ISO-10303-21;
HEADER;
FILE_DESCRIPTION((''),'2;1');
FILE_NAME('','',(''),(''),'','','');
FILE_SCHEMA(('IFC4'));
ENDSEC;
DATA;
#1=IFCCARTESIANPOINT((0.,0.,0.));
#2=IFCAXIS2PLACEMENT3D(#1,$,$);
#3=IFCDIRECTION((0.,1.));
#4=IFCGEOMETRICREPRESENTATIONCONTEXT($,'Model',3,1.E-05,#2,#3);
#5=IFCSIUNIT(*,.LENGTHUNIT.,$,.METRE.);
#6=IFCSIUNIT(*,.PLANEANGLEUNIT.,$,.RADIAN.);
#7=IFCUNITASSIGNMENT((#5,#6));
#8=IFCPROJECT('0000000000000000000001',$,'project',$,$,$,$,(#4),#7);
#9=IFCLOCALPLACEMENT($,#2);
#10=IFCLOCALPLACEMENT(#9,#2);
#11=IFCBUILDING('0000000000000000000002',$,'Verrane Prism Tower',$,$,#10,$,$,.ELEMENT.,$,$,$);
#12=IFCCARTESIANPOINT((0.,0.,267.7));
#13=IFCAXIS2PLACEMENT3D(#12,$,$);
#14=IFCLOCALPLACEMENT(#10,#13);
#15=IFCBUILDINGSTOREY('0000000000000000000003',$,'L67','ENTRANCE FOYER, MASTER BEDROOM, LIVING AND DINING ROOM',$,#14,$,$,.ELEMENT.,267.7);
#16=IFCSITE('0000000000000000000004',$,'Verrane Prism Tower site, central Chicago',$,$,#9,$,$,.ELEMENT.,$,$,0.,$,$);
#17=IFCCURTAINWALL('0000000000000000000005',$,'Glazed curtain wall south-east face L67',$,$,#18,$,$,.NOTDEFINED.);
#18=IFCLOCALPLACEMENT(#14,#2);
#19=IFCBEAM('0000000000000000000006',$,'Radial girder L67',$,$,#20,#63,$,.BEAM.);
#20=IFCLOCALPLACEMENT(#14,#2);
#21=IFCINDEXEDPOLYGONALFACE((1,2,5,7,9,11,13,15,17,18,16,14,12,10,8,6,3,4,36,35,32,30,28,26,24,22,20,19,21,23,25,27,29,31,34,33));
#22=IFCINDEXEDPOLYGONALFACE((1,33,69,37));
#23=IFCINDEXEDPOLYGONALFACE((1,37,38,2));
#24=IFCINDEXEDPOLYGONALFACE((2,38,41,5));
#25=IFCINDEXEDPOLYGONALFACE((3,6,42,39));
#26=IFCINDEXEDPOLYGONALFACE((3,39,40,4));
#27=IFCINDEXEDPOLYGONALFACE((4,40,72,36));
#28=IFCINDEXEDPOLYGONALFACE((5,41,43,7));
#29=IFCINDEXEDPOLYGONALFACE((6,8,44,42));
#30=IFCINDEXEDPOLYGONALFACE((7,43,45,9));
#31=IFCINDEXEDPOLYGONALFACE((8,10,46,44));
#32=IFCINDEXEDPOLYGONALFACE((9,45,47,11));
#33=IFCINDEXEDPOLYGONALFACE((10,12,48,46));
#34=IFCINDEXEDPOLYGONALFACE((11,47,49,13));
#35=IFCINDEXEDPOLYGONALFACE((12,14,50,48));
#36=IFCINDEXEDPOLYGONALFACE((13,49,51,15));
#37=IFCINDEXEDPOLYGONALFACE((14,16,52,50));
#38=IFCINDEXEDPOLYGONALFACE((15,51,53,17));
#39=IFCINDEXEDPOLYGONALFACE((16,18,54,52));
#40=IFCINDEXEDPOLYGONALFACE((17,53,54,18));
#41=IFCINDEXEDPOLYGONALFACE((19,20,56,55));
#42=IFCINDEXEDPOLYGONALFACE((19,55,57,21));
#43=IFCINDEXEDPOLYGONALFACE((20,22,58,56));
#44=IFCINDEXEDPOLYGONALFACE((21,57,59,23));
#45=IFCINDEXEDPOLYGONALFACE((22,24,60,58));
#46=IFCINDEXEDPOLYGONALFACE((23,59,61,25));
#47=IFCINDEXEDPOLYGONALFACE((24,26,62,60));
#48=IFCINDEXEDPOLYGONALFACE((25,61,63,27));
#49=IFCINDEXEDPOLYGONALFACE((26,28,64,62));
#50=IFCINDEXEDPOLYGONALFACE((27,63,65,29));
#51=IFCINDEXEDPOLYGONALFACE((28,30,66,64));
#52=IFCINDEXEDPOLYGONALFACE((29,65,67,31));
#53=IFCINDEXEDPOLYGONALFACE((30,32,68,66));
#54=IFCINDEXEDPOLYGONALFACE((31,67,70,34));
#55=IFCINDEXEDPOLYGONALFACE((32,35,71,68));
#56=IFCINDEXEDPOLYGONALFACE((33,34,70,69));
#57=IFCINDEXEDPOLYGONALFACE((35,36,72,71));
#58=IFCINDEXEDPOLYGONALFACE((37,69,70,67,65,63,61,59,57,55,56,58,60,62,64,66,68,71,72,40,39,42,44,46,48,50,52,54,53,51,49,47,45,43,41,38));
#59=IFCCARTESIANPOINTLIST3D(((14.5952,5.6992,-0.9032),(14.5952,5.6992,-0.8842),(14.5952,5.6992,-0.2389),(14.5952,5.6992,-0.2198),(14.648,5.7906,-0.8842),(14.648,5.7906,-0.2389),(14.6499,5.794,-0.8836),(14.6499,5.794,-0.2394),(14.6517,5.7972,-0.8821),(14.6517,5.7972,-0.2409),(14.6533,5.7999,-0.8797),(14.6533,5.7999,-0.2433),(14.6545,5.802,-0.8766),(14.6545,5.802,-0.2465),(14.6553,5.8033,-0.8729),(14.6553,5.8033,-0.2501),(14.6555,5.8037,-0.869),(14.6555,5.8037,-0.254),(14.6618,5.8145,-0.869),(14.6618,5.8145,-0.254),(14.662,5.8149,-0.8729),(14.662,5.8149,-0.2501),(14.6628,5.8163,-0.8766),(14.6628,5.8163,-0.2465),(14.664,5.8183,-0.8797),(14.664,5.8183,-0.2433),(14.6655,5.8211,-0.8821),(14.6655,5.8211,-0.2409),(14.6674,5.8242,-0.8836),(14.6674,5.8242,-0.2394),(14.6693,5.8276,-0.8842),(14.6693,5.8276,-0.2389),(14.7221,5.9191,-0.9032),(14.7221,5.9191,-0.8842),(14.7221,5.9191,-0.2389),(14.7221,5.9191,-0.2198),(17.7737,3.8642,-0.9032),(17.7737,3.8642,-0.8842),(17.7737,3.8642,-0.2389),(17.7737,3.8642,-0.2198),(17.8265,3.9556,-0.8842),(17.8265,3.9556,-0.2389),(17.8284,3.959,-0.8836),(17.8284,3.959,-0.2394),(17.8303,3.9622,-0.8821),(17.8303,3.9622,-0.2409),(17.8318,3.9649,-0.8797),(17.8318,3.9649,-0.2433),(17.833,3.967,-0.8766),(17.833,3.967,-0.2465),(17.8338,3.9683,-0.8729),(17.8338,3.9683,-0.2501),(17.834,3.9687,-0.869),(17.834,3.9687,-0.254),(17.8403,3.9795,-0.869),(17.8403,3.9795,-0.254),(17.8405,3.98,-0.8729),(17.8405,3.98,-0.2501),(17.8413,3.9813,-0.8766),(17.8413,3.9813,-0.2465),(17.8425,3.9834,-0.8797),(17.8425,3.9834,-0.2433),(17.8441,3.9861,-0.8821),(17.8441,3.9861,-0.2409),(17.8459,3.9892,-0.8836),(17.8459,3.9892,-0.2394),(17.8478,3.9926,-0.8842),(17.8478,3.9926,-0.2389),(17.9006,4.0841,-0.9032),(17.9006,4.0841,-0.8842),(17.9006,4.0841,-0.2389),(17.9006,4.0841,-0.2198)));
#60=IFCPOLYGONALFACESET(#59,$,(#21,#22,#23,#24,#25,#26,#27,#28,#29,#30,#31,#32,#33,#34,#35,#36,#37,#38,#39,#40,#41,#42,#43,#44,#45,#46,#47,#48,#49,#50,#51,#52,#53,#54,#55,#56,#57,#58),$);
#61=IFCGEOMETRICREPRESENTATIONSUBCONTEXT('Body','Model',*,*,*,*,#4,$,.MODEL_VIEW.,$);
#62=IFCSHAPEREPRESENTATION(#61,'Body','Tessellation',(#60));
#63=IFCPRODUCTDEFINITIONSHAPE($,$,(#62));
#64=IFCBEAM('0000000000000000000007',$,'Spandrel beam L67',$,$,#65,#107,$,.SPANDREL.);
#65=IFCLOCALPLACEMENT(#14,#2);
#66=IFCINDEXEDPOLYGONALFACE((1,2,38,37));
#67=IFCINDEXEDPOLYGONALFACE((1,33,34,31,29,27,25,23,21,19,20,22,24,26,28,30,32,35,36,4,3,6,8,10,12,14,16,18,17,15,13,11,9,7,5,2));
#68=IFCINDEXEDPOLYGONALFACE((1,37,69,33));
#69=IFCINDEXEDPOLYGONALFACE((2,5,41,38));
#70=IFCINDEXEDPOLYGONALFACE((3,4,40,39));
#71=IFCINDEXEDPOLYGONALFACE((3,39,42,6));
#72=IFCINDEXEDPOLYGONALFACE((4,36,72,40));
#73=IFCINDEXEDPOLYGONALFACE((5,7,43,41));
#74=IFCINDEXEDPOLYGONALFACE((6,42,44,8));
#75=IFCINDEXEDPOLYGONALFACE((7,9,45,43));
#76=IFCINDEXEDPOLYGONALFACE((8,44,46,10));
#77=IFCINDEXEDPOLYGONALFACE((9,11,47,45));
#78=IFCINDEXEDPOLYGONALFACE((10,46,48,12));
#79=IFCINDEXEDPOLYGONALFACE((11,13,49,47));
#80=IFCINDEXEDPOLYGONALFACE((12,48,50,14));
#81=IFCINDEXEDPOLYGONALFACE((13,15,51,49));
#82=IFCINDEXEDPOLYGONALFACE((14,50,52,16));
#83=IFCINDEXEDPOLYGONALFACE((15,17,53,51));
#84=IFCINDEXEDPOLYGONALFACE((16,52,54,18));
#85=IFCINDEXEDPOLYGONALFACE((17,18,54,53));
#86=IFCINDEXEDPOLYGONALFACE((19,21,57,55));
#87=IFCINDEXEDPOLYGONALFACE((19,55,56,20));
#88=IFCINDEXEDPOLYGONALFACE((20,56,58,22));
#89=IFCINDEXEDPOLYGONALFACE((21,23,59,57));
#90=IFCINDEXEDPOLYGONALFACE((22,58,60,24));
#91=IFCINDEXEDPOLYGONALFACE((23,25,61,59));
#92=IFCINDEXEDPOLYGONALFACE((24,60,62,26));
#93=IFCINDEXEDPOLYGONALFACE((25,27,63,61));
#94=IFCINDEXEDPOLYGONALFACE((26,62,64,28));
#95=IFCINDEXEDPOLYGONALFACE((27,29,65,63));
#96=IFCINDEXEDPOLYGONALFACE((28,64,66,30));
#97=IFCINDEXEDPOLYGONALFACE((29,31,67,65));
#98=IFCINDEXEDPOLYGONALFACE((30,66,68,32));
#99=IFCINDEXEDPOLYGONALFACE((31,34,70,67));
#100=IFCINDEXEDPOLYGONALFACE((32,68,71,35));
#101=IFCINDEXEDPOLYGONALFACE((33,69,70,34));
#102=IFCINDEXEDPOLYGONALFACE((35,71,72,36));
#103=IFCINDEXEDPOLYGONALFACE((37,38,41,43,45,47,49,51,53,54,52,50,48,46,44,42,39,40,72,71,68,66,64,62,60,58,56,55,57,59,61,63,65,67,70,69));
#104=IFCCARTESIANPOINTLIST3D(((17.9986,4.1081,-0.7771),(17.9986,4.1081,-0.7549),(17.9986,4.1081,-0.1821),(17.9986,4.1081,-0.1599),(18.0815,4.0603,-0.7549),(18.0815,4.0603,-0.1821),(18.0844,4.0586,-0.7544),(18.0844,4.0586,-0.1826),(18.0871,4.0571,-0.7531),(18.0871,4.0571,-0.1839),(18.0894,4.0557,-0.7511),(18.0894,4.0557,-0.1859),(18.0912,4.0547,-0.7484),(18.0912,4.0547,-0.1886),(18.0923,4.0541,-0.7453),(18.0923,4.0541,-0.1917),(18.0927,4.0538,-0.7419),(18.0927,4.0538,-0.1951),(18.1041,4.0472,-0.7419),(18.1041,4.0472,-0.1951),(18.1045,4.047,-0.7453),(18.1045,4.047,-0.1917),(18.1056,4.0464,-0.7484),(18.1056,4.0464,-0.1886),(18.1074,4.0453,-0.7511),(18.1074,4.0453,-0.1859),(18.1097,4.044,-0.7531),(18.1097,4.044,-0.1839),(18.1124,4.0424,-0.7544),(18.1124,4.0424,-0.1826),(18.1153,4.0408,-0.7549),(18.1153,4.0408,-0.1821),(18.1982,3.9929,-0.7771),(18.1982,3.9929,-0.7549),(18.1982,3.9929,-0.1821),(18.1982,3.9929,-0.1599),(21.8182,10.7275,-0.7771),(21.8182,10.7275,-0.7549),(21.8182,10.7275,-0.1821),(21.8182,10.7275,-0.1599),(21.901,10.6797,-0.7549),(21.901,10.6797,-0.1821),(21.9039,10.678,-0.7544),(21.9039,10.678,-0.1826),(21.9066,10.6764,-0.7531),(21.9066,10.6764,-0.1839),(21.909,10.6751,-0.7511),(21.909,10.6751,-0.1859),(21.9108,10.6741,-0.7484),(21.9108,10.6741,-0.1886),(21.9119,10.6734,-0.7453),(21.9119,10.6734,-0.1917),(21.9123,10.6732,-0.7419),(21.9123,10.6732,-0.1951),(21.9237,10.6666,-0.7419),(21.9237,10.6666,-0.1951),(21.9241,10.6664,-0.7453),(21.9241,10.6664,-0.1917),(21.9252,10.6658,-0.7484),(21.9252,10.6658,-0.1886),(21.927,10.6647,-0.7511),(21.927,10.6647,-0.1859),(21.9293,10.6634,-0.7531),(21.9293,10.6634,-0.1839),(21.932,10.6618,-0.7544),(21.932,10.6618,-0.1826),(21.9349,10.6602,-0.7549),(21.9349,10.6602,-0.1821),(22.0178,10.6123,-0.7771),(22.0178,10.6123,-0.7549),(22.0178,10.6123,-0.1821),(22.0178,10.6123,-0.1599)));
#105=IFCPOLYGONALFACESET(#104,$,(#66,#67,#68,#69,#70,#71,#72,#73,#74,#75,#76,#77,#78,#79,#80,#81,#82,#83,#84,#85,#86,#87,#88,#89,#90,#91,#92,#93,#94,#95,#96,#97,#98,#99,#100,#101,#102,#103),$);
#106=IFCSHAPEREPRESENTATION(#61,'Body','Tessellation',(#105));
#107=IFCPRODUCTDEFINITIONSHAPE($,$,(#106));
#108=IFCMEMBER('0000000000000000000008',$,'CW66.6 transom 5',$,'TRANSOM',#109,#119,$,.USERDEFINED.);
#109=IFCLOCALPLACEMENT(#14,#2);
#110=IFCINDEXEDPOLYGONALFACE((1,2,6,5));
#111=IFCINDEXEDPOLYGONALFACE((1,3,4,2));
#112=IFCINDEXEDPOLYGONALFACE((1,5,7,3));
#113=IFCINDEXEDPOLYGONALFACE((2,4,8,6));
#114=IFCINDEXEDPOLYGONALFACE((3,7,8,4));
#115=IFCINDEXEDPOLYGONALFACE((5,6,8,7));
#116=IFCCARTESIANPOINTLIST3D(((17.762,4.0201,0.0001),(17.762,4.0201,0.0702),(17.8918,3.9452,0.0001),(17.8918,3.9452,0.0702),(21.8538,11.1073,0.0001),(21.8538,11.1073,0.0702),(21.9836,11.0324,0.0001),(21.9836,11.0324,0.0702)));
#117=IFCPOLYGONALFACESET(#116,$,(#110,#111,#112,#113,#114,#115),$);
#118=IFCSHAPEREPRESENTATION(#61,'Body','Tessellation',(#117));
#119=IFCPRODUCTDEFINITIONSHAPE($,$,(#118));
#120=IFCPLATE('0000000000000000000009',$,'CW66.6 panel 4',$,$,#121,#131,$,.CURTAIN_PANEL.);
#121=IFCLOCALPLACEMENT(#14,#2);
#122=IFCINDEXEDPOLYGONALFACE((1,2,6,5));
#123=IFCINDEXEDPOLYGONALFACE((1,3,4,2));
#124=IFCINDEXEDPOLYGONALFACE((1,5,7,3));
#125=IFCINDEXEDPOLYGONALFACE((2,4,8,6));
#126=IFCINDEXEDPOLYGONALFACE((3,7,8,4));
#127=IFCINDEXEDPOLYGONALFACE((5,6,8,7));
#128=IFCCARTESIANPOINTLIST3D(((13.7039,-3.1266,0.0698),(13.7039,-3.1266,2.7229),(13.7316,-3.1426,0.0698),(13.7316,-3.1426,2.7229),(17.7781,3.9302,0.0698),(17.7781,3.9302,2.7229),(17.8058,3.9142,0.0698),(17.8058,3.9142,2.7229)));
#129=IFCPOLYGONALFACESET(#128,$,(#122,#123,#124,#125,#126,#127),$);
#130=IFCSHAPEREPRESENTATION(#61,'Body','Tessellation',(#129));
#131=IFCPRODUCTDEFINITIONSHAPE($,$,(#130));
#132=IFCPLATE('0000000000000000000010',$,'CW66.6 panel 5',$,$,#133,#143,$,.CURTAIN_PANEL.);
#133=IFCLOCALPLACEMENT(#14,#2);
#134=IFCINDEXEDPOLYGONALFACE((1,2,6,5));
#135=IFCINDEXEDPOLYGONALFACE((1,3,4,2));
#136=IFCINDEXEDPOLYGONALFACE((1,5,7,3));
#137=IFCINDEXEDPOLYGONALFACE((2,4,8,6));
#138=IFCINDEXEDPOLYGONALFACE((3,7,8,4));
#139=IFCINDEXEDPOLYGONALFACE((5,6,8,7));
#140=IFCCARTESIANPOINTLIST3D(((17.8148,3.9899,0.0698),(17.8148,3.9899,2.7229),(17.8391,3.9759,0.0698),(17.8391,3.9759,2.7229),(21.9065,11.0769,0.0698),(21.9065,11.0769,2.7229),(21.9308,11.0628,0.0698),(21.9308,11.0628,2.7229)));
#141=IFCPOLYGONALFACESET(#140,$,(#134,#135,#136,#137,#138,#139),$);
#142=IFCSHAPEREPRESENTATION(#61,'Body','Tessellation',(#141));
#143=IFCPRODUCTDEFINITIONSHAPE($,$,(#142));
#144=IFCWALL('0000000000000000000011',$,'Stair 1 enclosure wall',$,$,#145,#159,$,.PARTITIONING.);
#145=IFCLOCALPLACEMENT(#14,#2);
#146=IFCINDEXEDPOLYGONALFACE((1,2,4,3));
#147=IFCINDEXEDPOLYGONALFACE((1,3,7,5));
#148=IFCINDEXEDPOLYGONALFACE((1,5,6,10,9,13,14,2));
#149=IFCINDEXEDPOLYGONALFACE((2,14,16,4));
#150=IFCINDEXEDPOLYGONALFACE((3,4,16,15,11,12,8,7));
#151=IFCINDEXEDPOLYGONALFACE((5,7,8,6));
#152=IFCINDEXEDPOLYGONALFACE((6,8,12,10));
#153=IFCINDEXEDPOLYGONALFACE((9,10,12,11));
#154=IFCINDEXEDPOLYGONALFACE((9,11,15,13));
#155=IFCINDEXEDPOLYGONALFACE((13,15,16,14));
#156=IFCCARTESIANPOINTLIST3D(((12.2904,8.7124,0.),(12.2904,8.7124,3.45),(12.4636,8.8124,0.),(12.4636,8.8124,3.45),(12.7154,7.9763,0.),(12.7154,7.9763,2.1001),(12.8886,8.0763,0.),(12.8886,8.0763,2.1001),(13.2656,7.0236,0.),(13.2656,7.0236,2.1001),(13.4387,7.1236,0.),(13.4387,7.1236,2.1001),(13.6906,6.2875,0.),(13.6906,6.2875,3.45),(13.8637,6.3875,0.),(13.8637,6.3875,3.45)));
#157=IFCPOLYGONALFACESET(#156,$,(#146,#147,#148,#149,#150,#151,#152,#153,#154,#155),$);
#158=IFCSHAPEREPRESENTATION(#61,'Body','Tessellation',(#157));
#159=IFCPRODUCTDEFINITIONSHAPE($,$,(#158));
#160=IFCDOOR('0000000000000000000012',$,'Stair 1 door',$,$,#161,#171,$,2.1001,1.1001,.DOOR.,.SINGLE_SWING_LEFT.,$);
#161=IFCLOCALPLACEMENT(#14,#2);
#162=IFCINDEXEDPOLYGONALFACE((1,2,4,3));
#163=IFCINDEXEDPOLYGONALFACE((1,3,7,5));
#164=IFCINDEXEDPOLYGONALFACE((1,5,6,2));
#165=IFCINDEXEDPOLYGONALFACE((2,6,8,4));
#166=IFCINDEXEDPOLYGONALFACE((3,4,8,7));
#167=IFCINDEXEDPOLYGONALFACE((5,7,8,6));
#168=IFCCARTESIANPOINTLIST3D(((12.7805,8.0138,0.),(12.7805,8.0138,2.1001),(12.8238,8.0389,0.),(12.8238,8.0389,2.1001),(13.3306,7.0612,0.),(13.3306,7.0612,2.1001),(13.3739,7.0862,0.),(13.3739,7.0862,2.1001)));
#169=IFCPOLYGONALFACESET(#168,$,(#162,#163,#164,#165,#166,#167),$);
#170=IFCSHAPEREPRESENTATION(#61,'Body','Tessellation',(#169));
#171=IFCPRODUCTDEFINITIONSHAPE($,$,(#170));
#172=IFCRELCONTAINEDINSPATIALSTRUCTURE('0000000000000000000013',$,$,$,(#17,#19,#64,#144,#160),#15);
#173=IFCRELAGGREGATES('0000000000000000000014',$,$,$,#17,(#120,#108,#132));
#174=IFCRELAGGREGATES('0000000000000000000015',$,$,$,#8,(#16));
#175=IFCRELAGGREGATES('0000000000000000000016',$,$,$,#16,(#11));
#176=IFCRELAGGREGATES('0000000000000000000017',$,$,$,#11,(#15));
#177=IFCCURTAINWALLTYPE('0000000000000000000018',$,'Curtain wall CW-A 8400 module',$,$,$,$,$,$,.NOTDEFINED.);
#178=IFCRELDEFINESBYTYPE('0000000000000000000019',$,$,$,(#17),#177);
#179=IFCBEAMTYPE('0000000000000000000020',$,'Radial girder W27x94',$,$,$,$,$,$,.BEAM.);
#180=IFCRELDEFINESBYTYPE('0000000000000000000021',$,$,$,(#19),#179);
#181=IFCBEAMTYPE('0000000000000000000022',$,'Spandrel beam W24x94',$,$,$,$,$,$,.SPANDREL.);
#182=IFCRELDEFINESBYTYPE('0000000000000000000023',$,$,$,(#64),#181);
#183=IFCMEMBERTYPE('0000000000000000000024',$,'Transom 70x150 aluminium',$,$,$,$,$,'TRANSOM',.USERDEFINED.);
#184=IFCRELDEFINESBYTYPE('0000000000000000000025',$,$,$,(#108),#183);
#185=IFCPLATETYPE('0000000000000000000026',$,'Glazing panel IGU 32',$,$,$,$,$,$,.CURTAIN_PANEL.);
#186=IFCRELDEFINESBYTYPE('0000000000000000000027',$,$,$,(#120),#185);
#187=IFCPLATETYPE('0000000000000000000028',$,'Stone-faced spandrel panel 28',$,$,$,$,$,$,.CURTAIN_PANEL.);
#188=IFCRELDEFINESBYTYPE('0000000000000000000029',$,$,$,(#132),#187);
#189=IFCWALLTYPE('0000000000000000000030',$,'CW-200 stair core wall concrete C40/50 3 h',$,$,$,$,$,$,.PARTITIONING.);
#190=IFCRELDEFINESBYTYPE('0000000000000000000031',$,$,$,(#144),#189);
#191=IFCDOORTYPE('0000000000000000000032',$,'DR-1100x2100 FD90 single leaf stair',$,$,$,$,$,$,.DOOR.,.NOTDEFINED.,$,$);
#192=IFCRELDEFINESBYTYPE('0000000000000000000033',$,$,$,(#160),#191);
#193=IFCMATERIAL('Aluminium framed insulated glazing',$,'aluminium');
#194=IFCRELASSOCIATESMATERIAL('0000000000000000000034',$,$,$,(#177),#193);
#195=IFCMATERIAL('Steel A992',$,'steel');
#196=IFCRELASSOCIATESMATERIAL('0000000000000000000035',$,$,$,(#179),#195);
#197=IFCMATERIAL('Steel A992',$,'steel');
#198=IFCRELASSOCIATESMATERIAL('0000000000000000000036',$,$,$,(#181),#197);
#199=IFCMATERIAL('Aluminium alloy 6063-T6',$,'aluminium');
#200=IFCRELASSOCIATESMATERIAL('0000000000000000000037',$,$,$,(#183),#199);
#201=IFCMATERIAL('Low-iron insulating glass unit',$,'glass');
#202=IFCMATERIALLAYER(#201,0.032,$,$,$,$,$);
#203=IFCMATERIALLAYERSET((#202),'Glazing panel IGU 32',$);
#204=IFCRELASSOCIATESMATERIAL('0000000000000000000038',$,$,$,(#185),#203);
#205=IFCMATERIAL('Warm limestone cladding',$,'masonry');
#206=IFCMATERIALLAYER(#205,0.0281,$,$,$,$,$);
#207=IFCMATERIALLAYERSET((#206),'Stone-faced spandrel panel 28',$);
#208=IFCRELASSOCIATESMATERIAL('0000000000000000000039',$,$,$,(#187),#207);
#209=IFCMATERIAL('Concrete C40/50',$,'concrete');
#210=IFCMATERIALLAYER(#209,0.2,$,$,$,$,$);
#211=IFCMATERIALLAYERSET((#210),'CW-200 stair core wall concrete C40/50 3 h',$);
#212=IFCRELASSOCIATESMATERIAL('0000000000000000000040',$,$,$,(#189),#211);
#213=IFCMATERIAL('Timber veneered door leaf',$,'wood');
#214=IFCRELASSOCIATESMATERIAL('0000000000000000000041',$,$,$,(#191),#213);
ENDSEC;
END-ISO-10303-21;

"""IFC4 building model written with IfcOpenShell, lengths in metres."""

from ifc_helpers import new_model, si_unit, direction, frame, frame_2d, origin, origin_2d, place, context, subcontext, project, spatial, rectangle, i_section, extrude, material, layer, layer_set, material_profile, profile_set, type_object, element, fill, aggregate, save


model = new_model("IFC4")

# Units and contexts
model_context = context("Model", 3, precision=1e-05, world=origin(), true_north=direction((0.0, 1.0)))
body_context = subcontext(model_context, "Body", "Model", "MODEL_VIEW")
ifc_project = project(units=[si_unit("LENGTHUNIT", "METRE"), si_unit("PLANEANGLEUNIT", "RADIAN")], contexts=[model_context])

# Site, building, storey
site_placement = place(None, origin())
site = spatial("IfcSite", under=ifc_project, at=site_placement, Name="Verrane Prism Tower site, central Chicago", CompositionType="ELEMENT", RefElevation=0.0)
building_placement = place(site_placement, origin())
building = spatial("IfcBuilding", under=site, at=building_placement, Name="Verrane Prism Tower", CompositionType="ELEMENT")
storey_placement = place(building_placement, frame((0.0, 0.0, 267.7)))
storey = spatial("IfcBuildingStorey", under=building, at=storey_placement, Name="L67", Description="ENTRANCE FOYER, MASTER BEDROOM, LIVING AND DINING ROOM", CompositionType="ELEMENT", Elevation=267.7)

# Curtain wall
ifc_material_1 = material(Name="Aluminium framed insulated glazing", Category="aluminium")
curtain_wall_type = type_object("IfcCurtainWallType", Name="Curtain wall CW-A 8400 module", PredefinedType="NOTDEFINED", material=ifc_material_1)
curtain_wall_placement = place(storey_placement, origin())
curtain_wall = element("IfcCurtainWall", 1, at=curtain_wall_placement, inside=storey, type_object=curtain_wall_type, Name="Glazed curtain wall south-east face L67", PredefinedType="NOTDEFINED")

# Beams
ifc_material_2 = material(Name="Steel A992", Category="steel")
ifc_material_profile_1 = material_profile(ifc_material_2, i_section(OverallWidth=0.2539, OverallDepth=0.6833, WebThickness=0.0125, FlangeThickness=0.019, FilletRadius=0.0151, at=origin_2d()), Name="W27x94")
ifc_profile_set_1 = profile_set([ifc_material_profile_1], Name="Steel A992")
beam_type_1 = type_object("IfcBeamType", Name="Radial girder W27x94", PredefinedType="BEAM", material=ifc_profile_set_1)
beam_1_placement = place(storey_placement, frame((17.8372, 3.9741, -0.5615), z_axis=(-0.86604, 0.499974, 0.0), x_axis=(-0.499974, -0.86604, 0.0)))
element("IfcBeam", 2, at=beam_1_placement, inside=storey, type_object=beam_type_1, Name="Radial girder L67", PredefinedType="BEAM", context=body_context, shape_type="SweptSolid", body=[
    extrude(i_section(OverallWidth=0.2539, OverallDepth=0.6833, WebThickness=0.0125, FlangeThickness=0.019, FilletRadius=0.0151, at=origin_2d()), origin(), (0.0, 0.0, 1.0), 3.6702),
])
ifc_material_3 = material(Name="Steel A992", Category="steel")
ifc_material_profile_2 = material_profile(ifc_material_3, i_section(OverallWidth=0.2305, OverallDepth=0.6172, WebThickness=0.0132, FlangeThickness=0.0222, FilletRadius=0.0129, at=origin_2d()), Name="W24x94")
ifc_profile_set_2 = profile_set([ifc_material_profile_2], Name="Steel A992")
beam_type_2 = type_object("IfcBeamType", Name="Spandrel beam W24x94", PredefinedType="SPANDREL", material=ifc_profile_set_2)
beam_2_placement = place(storey_placement, frame((18.0984, 4.0505, -0.4685), z_axis=(0.499792, 0.866146, 0.0), x_axis=(-0.866146, 0.499792, 0.0)))
element("IfcBeam", 3, at=beam_2_placement, inside=storey, type_object=beam_type_2, Name="Spandrel beam L67", PredefinedType="SPANDREL", context=body_context, shape_type="SweptSolid", body=[
    extrude(i_section(OverallWidth=0.2305, OverallDepth=0.6172, WebThickness=0.0132, FlangeThickness=0.0222, FilletRadius=0.0129, at=origin_2d()), origin(), (0.0, 0.0, 1.0), 7.6423),
])

# Member
ifc_material_4 = material(Name="Aluminium alloy 6063-T6", Category="aluminium")
ifc_material_profile_3 = material_profile(ifc_material_4, rectangle(XDim=0.1499, YDim=0.0701, at=origin_2d()), Name="Transom 70x150 aluminium")
ifc_profile_set_3 = profile_set([ifc_material_profile_3], Name="Aluminium alloy 6063-T6")
member_type_1 = type_object("IfcMemberType", Name="Transom 70x150 aluminium", ElementType="TRANSOM", PredefinedType="USERDEFINED", material=ifc_profile_set_3)
member_1_placement = place(storey_placement, frame((17.8269, 3.9827, 0.0352), z_axis=(0.500002, 0.866024, 0.0), x_axis=(-0.866024, 0.500002, 0.0)))
member_1 = element("IfcMember", 4, at=member_1_placement, type_object=member_type_1, Name="CW66.6 transom 5", ObjectType="TRANSOM", PredefinedType="USERDEFINED", context=body_context, shape_type="SweptSolid", body=[
    extrude(rectangle(XDim=0.1499, YDim=0.0701, at=origin_2d()), origin(), (0.0, 0.0, 1.0), 8.1836),
])

# Plates
ifc_material_5 = material(Name="Low-iron insulating glass unit", Category="glass")
ifc_layer_1 = layer(ifc_material_5, 0.032)
ifc_layer_set_1 = layer_set([ifc_layer_1], Name="Glazing panel IGU 32")
plate_type_1 = type_object("IfcPlateType", Name="Glazing panel IGU 32", PredefinedType="CURTAIN_PANEL", material=ifc_layer_set_1)
plate_1_placement = place(storey_placement, frame((15.7549, 0.3938, 0.0698), z_axis=(0.0, 0.0, 1.0), x_axis=(0.500001, 0.866025, 0.0)))
plate_1 = element("IfcPlate", 5, at=plate_1_placement, type_object=plate_type_1, Name="CW66.6 panel 4", PredefinedType="CURTAIN_PANEL", context=body_context, shape_type="SweptSolid", body=[
    extrude(rectangle(XDim=8.1484, YDim=0.032, at=origin_2d()), origin(), (0.0, 0.0, 1.0), 2.6531),
])
ifc_material_6 = material(Name="Warm limestone cladding", Category="masonry")
ifc_layer_2 = layer(ifc_material_6, 0.0281)
ifc_layer_set_2 = layer_set([ifc_layer_2], Name="Stone-faced spandrel panel 28")
plate_type_2 = type_object("IfcPlateType", Name="Stone-faced spandrel panel 28", PredefinedType="CURTAIN_PANEL", material=ifc_layer_set_2)
plate_2_placement = place(storey_placement, frame((19.8728, 7.5264, 0.0698), z_axis=(0.0, 0.0, 1.0), x_axis=(0.500001, 0.866025, 0.0)))
plate_2 = element("IfcPlate", 6, at=plate_2_placement, type_object=plate_type_2, Name="CW66.6 panel 5", PredefinedType="CURTAIN_PANEL", context=body_context, shape_type="SweptSolid", body=[
    extrude(rectangle(XDim=8.1833, YDim=0.0281, at=origin_2d()), origin(), (0.0, 0.0, 1.0), 2.6531),
])
aggregate(curtain_wall, [plate_1, member_1, plate_2])

# Wall, opening, door
ifc_material_7 = material(Name="Concrete C40/50", Category="concrete")
ifc_layer_3 = layer(ifc_material_7, 0.2)
ifc_layer_set_3 = layer_set([ifc_layer_3], Name="CW-200 stair core wall concrete C40/50 3 h")
wall_type_1 = type_object("IfcWallType", Name="CW-200 stair core wall concrete C40/50 3 h", PredefinedType="PARTITIONING", material=ifc_layer_set_3)
wall_1_placement = place(storey_placement, frame((13.7771, 6.3376, 0.0), z_axis=(0.0, 0.0, 1.0), x_axis=(-0.50005, 0.865997, 0.0)))
wall_1 = element("IfcWall", 7, at=wall_1_placement, inside=storey, type_object=wall_type_1, Name="Stair 1 enclosure wall", PredefinedType="PARTITIONING", context=body_context, shape_type="SweptSolid", body=[
    extrude(rectangle(XDim=2.8, YDim=0.2, at=frame_2d((1.3999, 0.0))), origin(), (0.0, 0.0, 1.0), 3.45),
])
opening_1_placement = place(wall_1_placement, frame((0.8499, 0.0, 0.0)))
opening_1 = element("IfcOpeningElement", 8, at=opening_1_placement, cuts=wall_1, PredefinedType="OPENING", context=body_context, shape_type="SweptSolid", body=[
    extrude(rectangle(XDim=1.1001, YDim=2.1001, at=frame_2d((0.55, 1.05))), frame((0.0, 0.1099, 0.0), z_axis=(0.0, -1.0, 0.0), x_axis=(1.0, 0.0, 0.0)), (0.0, 0.0, 1.0), 0.22),
])
ifc_material_8 = material(Name="Timber veneered door leaf", Category="wood")
door_type_1 = type_object("IfcDoorType", Name="DR-1100x2100 FD90 single leaf stair", OperationType="NOTDEFINED", PredefinedType="DOOR", material=ifc_material_8)
door_1_placement = place(opening_1_placement, origin())
door_1 = element("IfcDoor", 9, at=door_1_placement, inside=storey, type_object=door_type_1, Name="Stair 1 door", OperationType="SINGLE_SWING_LEFT", OverallHeight=2.1001, OverallWidth=1.1001, PredefinedType="DOOR", context=body_context, shape_type="SweptSolid", body=[
    extrude(rectangle(XDim=1.1001, YDim=2.1001, at=frame_2d((0.55, 1.05))), frame((0.0, 0.0249, 0.0), z_axis=(0.0, -1.0, 0.0), x_axis=(1.0, 0.0, 0.0)), (0.0, 0.0, 1.0), 0.05),
])
fill(opening_1, door_1)

save(model, "model.ifc")
